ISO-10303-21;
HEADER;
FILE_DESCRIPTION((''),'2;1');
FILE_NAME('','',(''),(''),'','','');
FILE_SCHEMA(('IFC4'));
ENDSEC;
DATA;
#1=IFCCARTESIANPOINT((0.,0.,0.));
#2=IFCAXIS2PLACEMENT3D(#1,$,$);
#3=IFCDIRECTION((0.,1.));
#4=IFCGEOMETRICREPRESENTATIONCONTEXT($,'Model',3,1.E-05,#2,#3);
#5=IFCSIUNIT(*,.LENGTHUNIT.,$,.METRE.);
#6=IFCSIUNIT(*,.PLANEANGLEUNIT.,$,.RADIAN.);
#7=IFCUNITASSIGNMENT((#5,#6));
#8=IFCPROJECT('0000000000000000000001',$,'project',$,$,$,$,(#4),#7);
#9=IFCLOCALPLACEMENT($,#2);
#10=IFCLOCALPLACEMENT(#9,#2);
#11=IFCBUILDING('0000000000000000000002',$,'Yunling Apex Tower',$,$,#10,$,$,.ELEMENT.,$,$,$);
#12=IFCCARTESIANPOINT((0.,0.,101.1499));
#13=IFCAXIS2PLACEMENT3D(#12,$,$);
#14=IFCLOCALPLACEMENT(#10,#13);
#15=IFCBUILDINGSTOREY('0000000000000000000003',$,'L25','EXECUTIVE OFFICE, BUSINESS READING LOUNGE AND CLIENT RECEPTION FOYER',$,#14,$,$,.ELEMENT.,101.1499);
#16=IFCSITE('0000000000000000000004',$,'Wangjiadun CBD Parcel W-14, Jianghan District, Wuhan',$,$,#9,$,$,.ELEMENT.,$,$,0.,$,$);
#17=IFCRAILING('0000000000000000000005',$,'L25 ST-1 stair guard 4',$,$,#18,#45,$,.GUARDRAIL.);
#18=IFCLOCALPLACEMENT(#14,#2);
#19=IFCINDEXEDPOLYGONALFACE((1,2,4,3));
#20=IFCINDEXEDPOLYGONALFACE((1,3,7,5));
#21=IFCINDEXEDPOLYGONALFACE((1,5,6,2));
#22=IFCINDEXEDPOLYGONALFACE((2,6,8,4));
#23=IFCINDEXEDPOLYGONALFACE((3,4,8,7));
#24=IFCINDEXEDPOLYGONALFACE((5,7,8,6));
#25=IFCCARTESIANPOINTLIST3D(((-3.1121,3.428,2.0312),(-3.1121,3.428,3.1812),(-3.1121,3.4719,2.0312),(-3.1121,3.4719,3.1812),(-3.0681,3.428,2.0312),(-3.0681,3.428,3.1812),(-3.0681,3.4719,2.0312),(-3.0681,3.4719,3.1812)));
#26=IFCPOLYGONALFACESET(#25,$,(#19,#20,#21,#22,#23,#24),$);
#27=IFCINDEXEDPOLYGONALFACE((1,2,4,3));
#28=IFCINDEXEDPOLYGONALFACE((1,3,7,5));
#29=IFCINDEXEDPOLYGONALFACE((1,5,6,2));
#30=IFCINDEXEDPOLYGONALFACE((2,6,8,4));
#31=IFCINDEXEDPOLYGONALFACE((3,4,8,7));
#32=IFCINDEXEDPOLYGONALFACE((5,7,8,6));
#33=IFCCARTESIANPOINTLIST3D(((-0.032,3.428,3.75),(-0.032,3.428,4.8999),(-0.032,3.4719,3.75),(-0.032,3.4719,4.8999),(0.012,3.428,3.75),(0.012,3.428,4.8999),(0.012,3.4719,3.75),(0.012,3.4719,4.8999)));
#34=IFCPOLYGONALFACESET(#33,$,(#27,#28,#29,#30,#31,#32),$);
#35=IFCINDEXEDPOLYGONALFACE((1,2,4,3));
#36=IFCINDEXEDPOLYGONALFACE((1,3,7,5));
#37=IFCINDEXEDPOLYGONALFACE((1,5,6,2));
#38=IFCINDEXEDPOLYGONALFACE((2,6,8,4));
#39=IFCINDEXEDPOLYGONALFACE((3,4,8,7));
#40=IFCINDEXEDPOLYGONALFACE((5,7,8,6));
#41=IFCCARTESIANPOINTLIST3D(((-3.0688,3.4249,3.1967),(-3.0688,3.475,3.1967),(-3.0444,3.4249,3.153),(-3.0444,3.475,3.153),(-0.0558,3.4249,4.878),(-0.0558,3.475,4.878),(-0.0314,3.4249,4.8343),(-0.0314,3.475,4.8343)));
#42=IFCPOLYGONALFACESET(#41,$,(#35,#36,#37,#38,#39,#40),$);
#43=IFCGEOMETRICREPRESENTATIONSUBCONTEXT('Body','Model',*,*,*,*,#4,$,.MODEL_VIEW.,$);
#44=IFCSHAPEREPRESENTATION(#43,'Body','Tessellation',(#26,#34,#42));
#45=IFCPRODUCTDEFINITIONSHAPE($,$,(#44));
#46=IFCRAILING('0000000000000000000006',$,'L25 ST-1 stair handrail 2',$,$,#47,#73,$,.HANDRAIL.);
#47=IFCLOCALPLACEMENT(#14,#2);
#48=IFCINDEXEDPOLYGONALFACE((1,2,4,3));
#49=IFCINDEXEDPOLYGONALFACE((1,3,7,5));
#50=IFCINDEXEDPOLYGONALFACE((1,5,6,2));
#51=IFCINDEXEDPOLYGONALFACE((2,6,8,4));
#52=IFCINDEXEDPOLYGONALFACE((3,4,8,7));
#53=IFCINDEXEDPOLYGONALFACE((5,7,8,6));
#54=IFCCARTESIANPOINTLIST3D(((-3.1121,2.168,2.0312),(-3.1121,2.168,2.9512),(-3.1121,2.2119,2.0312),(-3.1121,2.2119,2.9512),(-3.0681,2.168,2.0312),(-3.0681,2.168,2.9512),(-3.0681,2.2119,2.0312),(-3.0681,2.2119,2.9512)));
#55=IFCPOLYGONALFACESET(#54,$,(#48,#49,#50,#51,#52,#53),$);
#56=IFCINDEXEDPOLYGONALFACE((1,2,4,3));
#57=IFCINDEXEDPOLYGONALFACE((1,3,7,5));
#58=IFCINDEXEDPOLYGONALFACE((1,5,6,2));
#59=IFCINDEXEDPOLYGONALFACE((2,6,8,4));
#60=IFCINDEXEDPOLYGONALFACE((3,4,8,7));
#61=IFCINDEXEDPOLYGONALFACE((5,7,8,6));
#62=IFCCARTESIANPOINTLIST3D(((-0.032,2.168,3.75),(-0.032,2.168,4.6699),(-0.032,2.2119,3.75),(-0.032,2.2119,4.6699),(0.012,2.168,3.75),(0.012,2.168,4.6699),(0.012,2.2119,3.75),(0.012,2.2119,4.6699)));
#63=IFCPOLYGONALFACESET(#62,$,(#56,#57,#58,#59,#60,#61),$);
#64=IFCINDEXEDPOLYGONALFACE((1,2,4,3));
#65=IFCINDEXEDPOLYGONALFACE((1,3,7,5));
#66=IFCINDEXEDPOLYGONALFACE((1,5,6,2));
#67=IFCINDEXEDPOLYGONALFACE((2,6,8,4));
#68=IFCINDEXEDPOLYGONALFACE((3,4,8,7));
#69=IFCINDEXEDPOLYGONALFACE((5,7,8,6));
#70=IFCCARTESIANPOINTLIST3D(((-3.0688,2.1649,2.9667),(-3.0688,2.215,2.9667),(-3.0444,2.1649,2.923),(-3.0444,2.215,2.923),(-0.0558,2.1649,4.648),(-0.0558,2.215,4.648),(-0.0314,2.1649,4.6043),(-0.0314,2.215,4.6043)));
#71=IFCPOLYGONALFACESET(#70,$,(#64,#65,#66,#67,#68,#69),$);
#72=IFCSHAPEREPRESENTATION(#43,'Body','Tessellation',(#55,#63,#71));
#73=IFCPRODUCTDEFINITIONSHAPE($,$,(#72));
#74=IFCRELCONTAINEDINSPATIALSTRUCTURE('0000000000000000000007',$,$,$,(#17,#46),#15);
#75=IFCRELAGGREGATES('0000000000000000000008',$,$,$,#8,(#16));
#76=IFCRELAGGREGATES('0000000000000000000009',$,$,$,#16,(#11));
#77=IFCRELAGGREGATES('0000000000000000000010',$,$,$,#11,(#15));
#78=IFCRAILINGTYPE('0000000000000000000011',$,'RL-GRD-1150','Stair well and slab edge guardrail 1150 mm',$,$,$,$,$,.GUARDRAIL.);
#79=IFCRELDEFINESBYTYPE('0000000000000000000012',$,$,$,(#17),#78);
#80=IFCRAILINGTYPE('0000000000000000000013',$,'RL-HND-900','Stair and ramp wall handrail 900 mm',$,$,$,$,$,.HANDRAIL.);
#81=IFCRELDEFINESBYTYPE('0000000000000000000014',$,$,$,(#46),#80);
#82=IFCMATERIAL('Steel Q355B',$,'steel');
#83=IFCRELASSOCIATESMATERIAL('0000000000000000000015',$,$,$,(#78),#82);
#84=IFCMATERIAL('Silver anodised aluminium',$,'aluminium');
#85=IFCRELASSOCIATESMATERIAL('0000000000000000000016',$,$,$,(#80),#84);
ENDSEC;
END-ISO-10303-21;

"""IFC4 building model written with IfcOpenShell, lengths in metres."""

from ifc_helpers import new_model, si_unit, direction, frame, origin, origin_2d, place, context, subcontext, project, spatial, rectangle, extrude, material, type_object, element, save


model = new_model("IFC4")

# Units and contexts
model_context = context("Model", 3, precision=1e-05, world=origin(), true_north=direction((0.0, 1.0)))
body_context = subcontext(model_context, "Body", "Model", "MODEL_VIEW")
ifc_project = project(units=[si_unit("LENGTHUNIT", "METRE"), si_unit("PLANEANGLEUNIT", "RADIAN")], contexts=[model_context])

# Site, building, storey
site_placement = place(None, origin())
site = spatial("IfcSite", under=ifc_project, at=site_placement, Name="Wangjiadun CBD Parcel W-14, Jianghan District, Wuhan", CompositionType="ELEMENT", RefElevation=0.0)
building_placement = place(site_placement, origin())
building = spatial("IfcBuilding", under=site, at=building_placement, Name="Yunling Apex Tower", CompositionType="ELEMENT")
storey_placement = place(building_placement, frame((0.0, 0.0, 101.1499)))
storey = spatial("IfcBuildingStorey", under=building, at=storey_placement, Name="L25", Description="EXECUTIVE OFFICE, BUSINESS READING LOUNGE AND CLIENT RECEPTION FOYER", CompositionType="ELEMENT", Elevation=101.1499)

# Shared definitions
ifc_material_1 = material(Name="Steel Q355B", Category="steel")

# Shared definitions
ifc_material_2 = material(Name="Silver anodised aluminium", Category="aluminium")

# Railings
railing_type_1 = type_object("IfcRailingType", Name="RL-GRD-1150", Description="Stair well and slab edge guardrail 1150 mm", PredefinedType="GUARDRAIL", material=ifc_material_1)
railing_1_placement = place(storey_placement, frame((-3.0901, 3.45, 2.0312)))
element("IfcRailing", 1, at=railing_1_placement, inside=storey, type_object=railing_type_1, Name="L25 ST-1 stair guard 4", PredefinedType="GUARDRAIL", context=body_context, shape_type="SweptSolid", body=[
    extrude(rectangle(XDim=0.0439, YDim=0.0439, at=origin_2d()), origin(), (0.0, 0.0, 1.0), 1.1499),
    extrude(rectangle(XDim=0.0439, YDim=0.0439, at=origin_2d()), frame((3.0801, 0.0, 1.7188)), (0.0, 0.0, 1.0), 1.1499),
    extrude(rectangle(XDim=0.05, YDim=0.05, at=origin_2d()), frame((0.0334, 0.0, 1.1436), z_axis=(0.873242, 0.0, 0.487288), x_axis=(0.0, 1.0, 0.0)), (0.0, 0.0, 1.0), 3.4504),
])
railing_type_2 = type_object("IfcRailingType", Name="RL-HND-900", Description="Stair and ramp wall handrail 900 mm", PredefinedType="HANDRAIL", material=ifc_material_2)
railing_2_placement = place(storey_placement, frame((-3.0901, 2.1899, 2.0312)))
element("IfcRailing", 2, at=railing_2_placement, inside=storey, type_object=railing_type_2, Name="L25 ST-1 stair handrail 2", PredefinedType="HANDRAIL", context=body_context, shape_type="SweptSolid", body=[
    extrude(rectangle(XDim=0.0439, YDim=0.0439, at=origin_2d()), origin(), (0.0, 0.0, 1.0), 0.9199),
    extrude(rectangle(XDim=0.0439, YDim=0.0439, at=origin_2d()), frame((3.0801, 0.0, 1.7188)), (0.0, 0.0, 1.0), 0.9199),
    extrude(rectangle(XDim=0.05, YDim=0.05, at=origin_2d()), frame((0.0334, 0.0, 0.9136), z_axis=(0.873242, 0.0, 0.487288), x_axis=(0.0, 1.0, 0.0)), (0.0, 0.0, 1.0), 3.4504),
])

save(model, "model.ifc")
